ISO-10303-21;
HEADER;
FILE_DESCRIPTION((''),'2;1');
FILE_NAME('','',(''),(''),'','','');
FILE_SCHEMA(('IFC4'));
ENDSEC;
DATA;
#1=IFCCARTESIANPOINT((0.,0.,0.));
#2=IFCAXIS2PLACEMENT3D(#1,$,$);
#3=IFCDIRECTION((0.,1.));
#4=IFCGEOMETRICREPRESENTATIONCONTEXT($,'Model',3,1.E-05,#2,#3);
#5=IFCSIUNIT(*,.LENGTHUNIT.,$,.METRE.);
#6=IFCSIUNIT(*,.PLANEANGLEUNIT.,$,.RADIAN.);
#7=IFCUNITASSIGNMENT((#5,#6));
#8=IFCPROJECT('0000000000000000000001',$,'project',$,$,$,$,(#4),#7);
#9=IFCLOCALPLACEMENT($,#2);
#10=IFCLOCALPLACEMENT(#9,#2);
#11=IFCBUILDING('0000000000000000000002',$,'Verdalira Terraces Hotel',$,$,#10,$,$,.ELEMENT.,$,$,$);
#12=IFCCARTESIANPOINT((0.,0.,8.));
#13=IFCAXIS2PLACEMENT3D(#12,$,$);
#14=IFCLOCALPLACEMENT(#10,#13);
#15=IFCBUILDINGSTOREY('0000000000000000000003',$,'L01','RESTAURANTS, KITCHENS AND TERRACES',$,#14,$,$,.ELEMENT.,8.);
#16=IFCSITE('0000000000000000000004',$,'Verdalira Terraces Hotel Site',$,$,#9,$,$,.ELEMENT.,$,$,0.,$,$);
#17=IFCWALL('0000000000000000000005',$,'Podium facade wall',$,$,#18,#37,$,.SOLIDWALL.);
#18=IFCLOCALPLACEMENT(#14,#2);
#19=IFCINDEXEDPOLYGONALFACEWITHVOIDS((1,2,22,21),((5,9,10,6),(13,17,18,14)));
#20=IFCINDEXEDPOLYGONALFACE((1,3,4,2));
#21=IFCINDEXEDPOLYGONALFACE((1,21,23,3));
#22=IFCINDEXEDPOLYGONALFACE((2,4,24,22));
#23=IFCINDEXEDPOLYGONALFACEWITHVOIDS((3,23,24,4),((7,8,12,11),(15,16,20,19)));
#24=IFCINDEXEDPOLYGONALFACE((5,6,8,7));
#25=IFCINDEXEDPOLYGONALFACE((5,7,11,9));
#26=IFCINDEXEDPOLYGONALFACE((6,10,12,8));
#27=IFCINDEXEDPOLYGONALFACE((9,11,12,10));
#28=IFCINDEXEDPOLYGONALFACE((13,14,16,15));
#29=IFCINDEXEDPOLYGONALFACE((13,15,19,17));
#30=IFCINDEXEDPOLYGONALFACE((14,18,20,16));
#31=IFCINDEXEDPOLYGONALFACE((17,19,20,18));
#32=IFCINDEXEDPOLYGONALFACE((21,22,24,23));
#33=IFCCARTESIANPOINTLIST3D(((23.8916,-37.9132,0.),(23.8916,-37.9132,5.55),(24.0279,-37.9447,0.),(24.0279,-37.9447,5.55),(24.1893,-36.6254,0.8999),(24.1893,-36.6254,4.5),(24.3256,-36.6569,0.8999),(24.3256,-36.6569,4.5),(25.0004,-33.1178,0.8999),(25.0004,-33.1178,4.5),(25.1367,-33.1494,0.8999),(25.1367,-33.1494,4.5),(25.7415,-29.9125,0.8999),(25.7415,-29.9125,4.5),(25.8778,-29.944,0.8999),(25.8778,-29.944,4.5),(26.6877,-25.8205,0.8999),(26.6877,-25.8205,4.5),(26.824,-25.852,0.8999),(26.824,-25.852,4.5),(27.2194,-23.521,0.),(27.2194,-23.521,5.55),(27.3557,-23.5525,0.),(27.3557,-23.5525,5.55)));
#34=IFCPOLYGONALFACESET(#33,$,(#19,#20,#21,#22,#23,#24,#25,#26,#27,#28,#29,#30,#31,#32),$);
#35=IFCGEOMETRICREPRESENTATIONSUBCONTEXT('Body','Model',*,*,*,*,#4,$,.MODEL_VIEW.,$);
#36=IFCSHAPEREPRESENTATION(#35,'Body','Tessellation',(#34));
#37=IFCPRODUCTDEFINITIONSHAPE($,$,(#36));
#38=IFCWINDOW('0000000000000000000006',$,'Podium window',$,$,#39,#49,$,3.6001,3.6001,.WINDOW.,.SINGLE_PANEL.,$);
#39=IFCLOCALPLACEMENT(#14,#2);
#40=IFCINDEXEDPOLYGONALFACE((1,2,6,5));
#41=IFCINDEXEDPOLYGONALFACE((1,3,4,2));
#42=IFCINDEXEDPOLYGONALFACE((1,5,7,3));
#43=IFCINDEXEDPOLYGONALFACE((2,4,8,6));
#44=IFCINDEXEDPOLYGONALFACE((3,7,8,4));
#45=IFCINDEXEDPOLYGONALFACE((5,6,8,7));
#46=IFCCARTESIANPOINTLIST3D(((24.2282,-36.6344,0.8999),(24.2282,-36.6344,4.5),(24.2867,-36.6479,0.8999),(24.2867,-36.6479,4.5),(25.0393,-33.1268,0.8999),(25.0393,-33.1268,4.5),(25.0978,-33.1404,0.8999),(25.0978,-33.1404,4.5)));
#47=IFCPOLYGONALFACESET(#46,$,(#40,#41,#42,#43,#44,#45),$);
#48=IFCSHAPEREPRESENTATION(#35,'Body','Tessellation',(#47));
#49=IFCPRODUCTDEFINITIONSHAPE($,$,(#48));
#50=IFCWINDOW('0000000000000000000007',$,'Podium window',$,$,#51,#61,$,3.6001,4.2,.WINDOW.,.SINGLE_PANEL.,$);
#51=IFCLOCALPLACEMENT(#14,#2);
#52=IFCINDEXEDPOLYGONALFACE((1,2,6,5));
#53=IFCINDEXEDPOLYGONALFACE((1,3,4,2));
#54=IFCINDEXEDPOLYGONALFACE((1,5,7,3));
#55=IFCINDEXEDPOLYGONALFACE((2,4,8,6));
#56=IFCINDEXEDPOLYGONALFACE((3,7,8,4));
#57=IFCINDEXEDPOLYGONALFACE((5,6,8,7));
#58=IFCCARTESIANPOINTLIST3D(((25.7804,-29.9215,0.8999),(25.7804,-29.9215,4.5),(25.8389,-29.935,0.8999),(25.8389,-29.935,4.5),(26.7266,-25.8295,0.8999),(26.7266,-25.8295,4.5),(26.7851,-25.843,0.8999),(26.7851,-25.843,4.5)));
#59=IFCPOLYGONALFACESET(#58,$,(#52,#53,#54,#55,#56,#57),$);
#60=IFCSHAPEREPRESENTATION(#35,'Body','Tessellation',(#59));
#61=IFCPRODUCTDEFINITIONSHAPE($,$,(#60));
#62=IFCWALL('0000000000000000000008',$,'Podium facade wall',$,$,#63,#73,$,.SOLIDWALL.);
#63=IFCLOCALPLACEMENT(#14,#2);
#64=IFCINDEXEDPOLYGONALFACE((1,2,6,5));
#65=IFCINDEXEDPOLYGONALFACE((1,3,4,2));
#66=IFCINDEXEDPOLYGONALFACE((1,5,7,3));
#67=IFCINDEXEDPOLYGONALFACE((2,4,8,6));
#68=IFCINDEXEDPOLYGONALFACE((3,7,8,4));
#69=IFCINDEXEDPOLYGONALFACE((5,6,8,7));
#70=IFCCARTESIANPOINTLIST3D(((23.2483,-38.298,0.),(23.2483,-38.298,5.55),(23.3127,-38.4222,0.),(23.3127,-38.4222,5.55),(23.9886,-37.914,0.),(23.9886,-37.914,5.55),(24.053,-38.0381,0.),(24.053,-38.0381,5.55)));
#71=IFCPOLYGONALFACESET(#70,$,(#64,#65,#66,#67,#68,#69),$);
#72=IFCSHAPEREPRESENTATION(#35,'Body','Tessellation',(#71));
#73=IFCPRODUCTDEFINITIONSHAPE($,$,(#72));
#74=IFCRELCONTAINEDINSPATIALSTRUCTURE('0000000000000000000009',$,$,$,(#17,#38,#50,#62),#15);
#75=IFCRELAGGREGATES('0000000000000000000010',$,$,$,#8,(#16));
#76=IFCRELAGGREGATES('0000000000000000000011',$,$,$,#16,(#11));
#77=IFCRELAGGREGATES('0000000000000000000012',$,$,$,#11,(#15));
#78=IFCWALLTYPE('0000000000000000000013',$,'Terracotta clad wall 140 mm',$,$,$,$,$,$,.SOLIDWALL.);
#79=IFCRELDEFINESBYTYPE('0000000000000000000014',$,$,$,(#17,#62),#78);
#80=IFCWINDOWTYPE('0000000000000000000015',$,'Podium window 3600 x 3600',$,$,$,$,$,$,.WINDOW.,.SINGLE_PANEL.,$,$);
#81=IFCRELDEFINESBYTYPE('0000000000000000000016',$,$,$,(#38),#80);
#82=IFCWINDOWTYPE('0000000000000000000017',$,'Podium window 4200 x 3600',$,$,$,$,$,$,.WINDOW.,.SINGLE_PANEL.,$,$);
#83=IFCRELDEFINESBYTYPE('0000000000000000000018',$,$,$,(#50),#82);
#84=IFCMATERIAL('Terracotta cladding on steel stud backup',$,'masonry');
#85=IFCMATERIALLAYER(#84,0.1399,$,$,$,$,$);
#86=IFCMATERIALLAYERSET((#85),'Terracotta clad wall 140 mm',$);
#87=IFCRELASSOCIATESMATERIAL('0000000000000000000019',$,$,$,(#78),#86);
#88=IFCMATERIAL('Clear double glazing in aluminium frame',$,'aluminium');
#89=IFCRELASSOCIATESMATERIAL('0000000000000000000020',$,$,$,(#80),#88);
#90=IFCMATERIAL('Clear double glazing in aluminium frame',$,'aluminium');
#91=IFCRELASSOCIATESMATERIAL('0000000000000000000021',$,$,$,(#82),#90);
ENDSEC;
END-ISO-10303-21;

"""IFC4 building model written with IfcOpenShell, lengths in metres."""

from ifc_helpers import new_model, si_unit, direction, frame, frame_2d, origin, place, context, subcontext, project, spatial, rectangle, extrude, material, layer, layer_set, type_object, element, fill, save


model = new_model("IFC4")

# Units and contexts
model_context = context("Model", 3, precision=1e-05, world=origin(), true_north=direction((0.0, 1.0)))
body_context = subcontext(model_context, "Body", "Model", "MODEL_VIEW")
ifc_project = project(units=[si_unit("LENGTHUNIT", "METRE"), si_unit("PLANEANGLEUNIT", "RADIAN")], contexts=[model_context])

# Site, building, storey
site_placement = place(None, origin())
site = spatial("IfcSite", under=ifc_project, at=site_placement, Name="Verdalira Terraces Hotel Site", CompositionType="ELEMENT", RefElevation=0.0)
building_placement = place(site_placement, origin())
building = spatial("IfcBuilding", under=site, at=building_placement, Name="Verdalira Terraces Hotel", CompositionType="ELEMENT")
storey_placement = place(building_placement, frame((0.0, 0.0, 8.0)))
storey = spatial("IfcBuildingStorey", under=building, at=storey_placement, Name="L01", Description="RESTAURANTS, KITCHENS AND TERRACES", CompositionType="ELEMENT", Elevation=8.0)

# Wall, openings, windows
ifc_material_1 = material(Name="Terracotta cladding on steel stud backup", Category="masonry")
ifc_layer = layer(ifc_material_1, 0.1399)
ifc_layer_set = layer_set([ifc_layer], Name="Terracotta clad wall 140 mm")
wall_type = type_object("IfcWallType", Name="Terracotta clad wall 140 mm", PredefinedType="SOLIDWALL", material=ifc_layer_set)
wall_1_placement = place(storey_placement, frame((23.9597, -37.929, 0.0), z_axis=(0.0, 0.0, 1.0), x_axis=(0.225282, 0.974294, 0.0)))
wall_1 = element("IfcWall", 1, at=wall_1_placement, inside=storey, type_object=wall_type, Name="Podium facade wall", PredefinedType="SOLIDWALL", context=body_context, shape_type="SweptSolid", body=[
    extrude(rectangle(XDim=14.772, YDim=0.1399, at=frame_2d((7.386, 0.0))), origin(), (0.0, 0.0, 1.0), 5.55),
])
opening_1_placement = place(wall_1_placement, frame((1.3218, 0.0, 0.8999)))
opening_1 = element("IfcOpeningElement", 2, at=opening_1_placement, cuts=wall_1, PredefinedType="OPENING", context=body_context, shape_type="SweptSolid", body=[
    extrude(rectangle(XDim=3.6001, YDim=3.6001, at=frame_2d((1.8, 1.8))), frame((0.0, 0.0798, 0.0), z_axis=(0.0, -1.0, 0.0), x_axis=(1.0, 0.0, 0.0)), (0.0, 0.0, 1.0), 0.1599),
])
opening_2_placement = place(wall_1_placement, frame((8.2117, 0.0, 0.8999)))
opening_2 = element("IfcOpeningElement", 3, at=opening_2_placement, cuts=wall_1, PredefinedType="OPENING", context=body_context, shape_type="SweptSolid", body=[
    extrude(rectangle(XDim=4.2, YDim=3.6001, at=frame_2d((2.1001, 1.8))), frame((0.0, 0.0798, 0.0), z_axis=(0.0, -1.0, 0.0), x_axis=(1.0, 0.0, 0.0)), (0.0, 0.0, 1.0), 0.1599),
])
ifc_material_2 = material(Name="Clear double glazing in aluminium frame", Category="aluminium")
window_type_1 = type_object("IfcWindowType", Name="Podium window 3600 x 3600", PartitioningType="SINGLE_PANEL", PredefinedType="WINDOW", material=ifc_material_2)
window_1_placement = place(opening_1_placement, origin())
window_1 = element("IfcWindow", 4, at=window_1_placement, inside=storey, type_object=window_type_1, Name="Podium window", OverallHeight=3.6001, OverallWidth=3.6001, PartitioningType="SINGLE_PANEL", PredefinedType="WINDOW", context=body_context, shape_type="SweptSolid", body=[
    extrude(rectangle(XDim=3.6001, YDim=3.6001, at=frame_2d((1.8, 1.8))), frame((0.0, 0.03, 0.0), z_axis=(0.0, -1.0, 0.0), x_axis=(1.0, 0.0, 0.0)), (0.0, 0.0, 1.0), 0.0601),
])
fill(opening_1, window_1)
ifc_material_3 = material(Name="Clear double glazing in aluminium frame", Category="aluminium")
window_type_2 = type_object("IfcWindowType", Name="Podium window 4200 x 3600", PartitioningType="SINGLE_PANEL", PredefinedType="WINDOW", material=ifc_material_3)
window_2_placement = place(opening_2_placement, origin())
window_2 = element("IfcWindow", 5, at=window_2_placement, inside=storey, type_object=window_type_2, Name="Podium window", OverallHeight=3.6001, OverallWidth=4.2, PartitioningType="SINGLE_PANEL", PredefinedType="WINDOW", context=body_context, shape_type="SweptSolid", body=[
    extrude(rectangle(XDim=4.2, YDim=3.6001, at=frame_2d((2.1001, 1.8))), frame((0.0, 0.03, 0.0), z_axis=(0.0, -1.0, 0.0), x_axis=(1.0, 0.0, 0.0)), (0.0, 0.0, 1.0), 0.0601),
])
fill(opening_2, window_2)

# Wall
wall_2_placement = place(storey_placement, frame((23.2805, -38.3601, 0.0), z_axis=(0.0, 0.0, 1.0), x_axis=(0.887653, 0.460514, 0.0)))
element("IfcWall", 6, at=wall_2_placement, inside=storey, type_object=wall_type, Name="Podium facade wall", PredefinedType="SOLIDWALL", context=body_context, shape_type="SweptSolid", body=[
    extrude(rectangle(XDim=0.834, YDim=0.1399, at=frame_2d((0.417, 0.0))), origin(), (0.0, 0.0, 1.0), 5.55),
])

save(model, "model.ifc")
